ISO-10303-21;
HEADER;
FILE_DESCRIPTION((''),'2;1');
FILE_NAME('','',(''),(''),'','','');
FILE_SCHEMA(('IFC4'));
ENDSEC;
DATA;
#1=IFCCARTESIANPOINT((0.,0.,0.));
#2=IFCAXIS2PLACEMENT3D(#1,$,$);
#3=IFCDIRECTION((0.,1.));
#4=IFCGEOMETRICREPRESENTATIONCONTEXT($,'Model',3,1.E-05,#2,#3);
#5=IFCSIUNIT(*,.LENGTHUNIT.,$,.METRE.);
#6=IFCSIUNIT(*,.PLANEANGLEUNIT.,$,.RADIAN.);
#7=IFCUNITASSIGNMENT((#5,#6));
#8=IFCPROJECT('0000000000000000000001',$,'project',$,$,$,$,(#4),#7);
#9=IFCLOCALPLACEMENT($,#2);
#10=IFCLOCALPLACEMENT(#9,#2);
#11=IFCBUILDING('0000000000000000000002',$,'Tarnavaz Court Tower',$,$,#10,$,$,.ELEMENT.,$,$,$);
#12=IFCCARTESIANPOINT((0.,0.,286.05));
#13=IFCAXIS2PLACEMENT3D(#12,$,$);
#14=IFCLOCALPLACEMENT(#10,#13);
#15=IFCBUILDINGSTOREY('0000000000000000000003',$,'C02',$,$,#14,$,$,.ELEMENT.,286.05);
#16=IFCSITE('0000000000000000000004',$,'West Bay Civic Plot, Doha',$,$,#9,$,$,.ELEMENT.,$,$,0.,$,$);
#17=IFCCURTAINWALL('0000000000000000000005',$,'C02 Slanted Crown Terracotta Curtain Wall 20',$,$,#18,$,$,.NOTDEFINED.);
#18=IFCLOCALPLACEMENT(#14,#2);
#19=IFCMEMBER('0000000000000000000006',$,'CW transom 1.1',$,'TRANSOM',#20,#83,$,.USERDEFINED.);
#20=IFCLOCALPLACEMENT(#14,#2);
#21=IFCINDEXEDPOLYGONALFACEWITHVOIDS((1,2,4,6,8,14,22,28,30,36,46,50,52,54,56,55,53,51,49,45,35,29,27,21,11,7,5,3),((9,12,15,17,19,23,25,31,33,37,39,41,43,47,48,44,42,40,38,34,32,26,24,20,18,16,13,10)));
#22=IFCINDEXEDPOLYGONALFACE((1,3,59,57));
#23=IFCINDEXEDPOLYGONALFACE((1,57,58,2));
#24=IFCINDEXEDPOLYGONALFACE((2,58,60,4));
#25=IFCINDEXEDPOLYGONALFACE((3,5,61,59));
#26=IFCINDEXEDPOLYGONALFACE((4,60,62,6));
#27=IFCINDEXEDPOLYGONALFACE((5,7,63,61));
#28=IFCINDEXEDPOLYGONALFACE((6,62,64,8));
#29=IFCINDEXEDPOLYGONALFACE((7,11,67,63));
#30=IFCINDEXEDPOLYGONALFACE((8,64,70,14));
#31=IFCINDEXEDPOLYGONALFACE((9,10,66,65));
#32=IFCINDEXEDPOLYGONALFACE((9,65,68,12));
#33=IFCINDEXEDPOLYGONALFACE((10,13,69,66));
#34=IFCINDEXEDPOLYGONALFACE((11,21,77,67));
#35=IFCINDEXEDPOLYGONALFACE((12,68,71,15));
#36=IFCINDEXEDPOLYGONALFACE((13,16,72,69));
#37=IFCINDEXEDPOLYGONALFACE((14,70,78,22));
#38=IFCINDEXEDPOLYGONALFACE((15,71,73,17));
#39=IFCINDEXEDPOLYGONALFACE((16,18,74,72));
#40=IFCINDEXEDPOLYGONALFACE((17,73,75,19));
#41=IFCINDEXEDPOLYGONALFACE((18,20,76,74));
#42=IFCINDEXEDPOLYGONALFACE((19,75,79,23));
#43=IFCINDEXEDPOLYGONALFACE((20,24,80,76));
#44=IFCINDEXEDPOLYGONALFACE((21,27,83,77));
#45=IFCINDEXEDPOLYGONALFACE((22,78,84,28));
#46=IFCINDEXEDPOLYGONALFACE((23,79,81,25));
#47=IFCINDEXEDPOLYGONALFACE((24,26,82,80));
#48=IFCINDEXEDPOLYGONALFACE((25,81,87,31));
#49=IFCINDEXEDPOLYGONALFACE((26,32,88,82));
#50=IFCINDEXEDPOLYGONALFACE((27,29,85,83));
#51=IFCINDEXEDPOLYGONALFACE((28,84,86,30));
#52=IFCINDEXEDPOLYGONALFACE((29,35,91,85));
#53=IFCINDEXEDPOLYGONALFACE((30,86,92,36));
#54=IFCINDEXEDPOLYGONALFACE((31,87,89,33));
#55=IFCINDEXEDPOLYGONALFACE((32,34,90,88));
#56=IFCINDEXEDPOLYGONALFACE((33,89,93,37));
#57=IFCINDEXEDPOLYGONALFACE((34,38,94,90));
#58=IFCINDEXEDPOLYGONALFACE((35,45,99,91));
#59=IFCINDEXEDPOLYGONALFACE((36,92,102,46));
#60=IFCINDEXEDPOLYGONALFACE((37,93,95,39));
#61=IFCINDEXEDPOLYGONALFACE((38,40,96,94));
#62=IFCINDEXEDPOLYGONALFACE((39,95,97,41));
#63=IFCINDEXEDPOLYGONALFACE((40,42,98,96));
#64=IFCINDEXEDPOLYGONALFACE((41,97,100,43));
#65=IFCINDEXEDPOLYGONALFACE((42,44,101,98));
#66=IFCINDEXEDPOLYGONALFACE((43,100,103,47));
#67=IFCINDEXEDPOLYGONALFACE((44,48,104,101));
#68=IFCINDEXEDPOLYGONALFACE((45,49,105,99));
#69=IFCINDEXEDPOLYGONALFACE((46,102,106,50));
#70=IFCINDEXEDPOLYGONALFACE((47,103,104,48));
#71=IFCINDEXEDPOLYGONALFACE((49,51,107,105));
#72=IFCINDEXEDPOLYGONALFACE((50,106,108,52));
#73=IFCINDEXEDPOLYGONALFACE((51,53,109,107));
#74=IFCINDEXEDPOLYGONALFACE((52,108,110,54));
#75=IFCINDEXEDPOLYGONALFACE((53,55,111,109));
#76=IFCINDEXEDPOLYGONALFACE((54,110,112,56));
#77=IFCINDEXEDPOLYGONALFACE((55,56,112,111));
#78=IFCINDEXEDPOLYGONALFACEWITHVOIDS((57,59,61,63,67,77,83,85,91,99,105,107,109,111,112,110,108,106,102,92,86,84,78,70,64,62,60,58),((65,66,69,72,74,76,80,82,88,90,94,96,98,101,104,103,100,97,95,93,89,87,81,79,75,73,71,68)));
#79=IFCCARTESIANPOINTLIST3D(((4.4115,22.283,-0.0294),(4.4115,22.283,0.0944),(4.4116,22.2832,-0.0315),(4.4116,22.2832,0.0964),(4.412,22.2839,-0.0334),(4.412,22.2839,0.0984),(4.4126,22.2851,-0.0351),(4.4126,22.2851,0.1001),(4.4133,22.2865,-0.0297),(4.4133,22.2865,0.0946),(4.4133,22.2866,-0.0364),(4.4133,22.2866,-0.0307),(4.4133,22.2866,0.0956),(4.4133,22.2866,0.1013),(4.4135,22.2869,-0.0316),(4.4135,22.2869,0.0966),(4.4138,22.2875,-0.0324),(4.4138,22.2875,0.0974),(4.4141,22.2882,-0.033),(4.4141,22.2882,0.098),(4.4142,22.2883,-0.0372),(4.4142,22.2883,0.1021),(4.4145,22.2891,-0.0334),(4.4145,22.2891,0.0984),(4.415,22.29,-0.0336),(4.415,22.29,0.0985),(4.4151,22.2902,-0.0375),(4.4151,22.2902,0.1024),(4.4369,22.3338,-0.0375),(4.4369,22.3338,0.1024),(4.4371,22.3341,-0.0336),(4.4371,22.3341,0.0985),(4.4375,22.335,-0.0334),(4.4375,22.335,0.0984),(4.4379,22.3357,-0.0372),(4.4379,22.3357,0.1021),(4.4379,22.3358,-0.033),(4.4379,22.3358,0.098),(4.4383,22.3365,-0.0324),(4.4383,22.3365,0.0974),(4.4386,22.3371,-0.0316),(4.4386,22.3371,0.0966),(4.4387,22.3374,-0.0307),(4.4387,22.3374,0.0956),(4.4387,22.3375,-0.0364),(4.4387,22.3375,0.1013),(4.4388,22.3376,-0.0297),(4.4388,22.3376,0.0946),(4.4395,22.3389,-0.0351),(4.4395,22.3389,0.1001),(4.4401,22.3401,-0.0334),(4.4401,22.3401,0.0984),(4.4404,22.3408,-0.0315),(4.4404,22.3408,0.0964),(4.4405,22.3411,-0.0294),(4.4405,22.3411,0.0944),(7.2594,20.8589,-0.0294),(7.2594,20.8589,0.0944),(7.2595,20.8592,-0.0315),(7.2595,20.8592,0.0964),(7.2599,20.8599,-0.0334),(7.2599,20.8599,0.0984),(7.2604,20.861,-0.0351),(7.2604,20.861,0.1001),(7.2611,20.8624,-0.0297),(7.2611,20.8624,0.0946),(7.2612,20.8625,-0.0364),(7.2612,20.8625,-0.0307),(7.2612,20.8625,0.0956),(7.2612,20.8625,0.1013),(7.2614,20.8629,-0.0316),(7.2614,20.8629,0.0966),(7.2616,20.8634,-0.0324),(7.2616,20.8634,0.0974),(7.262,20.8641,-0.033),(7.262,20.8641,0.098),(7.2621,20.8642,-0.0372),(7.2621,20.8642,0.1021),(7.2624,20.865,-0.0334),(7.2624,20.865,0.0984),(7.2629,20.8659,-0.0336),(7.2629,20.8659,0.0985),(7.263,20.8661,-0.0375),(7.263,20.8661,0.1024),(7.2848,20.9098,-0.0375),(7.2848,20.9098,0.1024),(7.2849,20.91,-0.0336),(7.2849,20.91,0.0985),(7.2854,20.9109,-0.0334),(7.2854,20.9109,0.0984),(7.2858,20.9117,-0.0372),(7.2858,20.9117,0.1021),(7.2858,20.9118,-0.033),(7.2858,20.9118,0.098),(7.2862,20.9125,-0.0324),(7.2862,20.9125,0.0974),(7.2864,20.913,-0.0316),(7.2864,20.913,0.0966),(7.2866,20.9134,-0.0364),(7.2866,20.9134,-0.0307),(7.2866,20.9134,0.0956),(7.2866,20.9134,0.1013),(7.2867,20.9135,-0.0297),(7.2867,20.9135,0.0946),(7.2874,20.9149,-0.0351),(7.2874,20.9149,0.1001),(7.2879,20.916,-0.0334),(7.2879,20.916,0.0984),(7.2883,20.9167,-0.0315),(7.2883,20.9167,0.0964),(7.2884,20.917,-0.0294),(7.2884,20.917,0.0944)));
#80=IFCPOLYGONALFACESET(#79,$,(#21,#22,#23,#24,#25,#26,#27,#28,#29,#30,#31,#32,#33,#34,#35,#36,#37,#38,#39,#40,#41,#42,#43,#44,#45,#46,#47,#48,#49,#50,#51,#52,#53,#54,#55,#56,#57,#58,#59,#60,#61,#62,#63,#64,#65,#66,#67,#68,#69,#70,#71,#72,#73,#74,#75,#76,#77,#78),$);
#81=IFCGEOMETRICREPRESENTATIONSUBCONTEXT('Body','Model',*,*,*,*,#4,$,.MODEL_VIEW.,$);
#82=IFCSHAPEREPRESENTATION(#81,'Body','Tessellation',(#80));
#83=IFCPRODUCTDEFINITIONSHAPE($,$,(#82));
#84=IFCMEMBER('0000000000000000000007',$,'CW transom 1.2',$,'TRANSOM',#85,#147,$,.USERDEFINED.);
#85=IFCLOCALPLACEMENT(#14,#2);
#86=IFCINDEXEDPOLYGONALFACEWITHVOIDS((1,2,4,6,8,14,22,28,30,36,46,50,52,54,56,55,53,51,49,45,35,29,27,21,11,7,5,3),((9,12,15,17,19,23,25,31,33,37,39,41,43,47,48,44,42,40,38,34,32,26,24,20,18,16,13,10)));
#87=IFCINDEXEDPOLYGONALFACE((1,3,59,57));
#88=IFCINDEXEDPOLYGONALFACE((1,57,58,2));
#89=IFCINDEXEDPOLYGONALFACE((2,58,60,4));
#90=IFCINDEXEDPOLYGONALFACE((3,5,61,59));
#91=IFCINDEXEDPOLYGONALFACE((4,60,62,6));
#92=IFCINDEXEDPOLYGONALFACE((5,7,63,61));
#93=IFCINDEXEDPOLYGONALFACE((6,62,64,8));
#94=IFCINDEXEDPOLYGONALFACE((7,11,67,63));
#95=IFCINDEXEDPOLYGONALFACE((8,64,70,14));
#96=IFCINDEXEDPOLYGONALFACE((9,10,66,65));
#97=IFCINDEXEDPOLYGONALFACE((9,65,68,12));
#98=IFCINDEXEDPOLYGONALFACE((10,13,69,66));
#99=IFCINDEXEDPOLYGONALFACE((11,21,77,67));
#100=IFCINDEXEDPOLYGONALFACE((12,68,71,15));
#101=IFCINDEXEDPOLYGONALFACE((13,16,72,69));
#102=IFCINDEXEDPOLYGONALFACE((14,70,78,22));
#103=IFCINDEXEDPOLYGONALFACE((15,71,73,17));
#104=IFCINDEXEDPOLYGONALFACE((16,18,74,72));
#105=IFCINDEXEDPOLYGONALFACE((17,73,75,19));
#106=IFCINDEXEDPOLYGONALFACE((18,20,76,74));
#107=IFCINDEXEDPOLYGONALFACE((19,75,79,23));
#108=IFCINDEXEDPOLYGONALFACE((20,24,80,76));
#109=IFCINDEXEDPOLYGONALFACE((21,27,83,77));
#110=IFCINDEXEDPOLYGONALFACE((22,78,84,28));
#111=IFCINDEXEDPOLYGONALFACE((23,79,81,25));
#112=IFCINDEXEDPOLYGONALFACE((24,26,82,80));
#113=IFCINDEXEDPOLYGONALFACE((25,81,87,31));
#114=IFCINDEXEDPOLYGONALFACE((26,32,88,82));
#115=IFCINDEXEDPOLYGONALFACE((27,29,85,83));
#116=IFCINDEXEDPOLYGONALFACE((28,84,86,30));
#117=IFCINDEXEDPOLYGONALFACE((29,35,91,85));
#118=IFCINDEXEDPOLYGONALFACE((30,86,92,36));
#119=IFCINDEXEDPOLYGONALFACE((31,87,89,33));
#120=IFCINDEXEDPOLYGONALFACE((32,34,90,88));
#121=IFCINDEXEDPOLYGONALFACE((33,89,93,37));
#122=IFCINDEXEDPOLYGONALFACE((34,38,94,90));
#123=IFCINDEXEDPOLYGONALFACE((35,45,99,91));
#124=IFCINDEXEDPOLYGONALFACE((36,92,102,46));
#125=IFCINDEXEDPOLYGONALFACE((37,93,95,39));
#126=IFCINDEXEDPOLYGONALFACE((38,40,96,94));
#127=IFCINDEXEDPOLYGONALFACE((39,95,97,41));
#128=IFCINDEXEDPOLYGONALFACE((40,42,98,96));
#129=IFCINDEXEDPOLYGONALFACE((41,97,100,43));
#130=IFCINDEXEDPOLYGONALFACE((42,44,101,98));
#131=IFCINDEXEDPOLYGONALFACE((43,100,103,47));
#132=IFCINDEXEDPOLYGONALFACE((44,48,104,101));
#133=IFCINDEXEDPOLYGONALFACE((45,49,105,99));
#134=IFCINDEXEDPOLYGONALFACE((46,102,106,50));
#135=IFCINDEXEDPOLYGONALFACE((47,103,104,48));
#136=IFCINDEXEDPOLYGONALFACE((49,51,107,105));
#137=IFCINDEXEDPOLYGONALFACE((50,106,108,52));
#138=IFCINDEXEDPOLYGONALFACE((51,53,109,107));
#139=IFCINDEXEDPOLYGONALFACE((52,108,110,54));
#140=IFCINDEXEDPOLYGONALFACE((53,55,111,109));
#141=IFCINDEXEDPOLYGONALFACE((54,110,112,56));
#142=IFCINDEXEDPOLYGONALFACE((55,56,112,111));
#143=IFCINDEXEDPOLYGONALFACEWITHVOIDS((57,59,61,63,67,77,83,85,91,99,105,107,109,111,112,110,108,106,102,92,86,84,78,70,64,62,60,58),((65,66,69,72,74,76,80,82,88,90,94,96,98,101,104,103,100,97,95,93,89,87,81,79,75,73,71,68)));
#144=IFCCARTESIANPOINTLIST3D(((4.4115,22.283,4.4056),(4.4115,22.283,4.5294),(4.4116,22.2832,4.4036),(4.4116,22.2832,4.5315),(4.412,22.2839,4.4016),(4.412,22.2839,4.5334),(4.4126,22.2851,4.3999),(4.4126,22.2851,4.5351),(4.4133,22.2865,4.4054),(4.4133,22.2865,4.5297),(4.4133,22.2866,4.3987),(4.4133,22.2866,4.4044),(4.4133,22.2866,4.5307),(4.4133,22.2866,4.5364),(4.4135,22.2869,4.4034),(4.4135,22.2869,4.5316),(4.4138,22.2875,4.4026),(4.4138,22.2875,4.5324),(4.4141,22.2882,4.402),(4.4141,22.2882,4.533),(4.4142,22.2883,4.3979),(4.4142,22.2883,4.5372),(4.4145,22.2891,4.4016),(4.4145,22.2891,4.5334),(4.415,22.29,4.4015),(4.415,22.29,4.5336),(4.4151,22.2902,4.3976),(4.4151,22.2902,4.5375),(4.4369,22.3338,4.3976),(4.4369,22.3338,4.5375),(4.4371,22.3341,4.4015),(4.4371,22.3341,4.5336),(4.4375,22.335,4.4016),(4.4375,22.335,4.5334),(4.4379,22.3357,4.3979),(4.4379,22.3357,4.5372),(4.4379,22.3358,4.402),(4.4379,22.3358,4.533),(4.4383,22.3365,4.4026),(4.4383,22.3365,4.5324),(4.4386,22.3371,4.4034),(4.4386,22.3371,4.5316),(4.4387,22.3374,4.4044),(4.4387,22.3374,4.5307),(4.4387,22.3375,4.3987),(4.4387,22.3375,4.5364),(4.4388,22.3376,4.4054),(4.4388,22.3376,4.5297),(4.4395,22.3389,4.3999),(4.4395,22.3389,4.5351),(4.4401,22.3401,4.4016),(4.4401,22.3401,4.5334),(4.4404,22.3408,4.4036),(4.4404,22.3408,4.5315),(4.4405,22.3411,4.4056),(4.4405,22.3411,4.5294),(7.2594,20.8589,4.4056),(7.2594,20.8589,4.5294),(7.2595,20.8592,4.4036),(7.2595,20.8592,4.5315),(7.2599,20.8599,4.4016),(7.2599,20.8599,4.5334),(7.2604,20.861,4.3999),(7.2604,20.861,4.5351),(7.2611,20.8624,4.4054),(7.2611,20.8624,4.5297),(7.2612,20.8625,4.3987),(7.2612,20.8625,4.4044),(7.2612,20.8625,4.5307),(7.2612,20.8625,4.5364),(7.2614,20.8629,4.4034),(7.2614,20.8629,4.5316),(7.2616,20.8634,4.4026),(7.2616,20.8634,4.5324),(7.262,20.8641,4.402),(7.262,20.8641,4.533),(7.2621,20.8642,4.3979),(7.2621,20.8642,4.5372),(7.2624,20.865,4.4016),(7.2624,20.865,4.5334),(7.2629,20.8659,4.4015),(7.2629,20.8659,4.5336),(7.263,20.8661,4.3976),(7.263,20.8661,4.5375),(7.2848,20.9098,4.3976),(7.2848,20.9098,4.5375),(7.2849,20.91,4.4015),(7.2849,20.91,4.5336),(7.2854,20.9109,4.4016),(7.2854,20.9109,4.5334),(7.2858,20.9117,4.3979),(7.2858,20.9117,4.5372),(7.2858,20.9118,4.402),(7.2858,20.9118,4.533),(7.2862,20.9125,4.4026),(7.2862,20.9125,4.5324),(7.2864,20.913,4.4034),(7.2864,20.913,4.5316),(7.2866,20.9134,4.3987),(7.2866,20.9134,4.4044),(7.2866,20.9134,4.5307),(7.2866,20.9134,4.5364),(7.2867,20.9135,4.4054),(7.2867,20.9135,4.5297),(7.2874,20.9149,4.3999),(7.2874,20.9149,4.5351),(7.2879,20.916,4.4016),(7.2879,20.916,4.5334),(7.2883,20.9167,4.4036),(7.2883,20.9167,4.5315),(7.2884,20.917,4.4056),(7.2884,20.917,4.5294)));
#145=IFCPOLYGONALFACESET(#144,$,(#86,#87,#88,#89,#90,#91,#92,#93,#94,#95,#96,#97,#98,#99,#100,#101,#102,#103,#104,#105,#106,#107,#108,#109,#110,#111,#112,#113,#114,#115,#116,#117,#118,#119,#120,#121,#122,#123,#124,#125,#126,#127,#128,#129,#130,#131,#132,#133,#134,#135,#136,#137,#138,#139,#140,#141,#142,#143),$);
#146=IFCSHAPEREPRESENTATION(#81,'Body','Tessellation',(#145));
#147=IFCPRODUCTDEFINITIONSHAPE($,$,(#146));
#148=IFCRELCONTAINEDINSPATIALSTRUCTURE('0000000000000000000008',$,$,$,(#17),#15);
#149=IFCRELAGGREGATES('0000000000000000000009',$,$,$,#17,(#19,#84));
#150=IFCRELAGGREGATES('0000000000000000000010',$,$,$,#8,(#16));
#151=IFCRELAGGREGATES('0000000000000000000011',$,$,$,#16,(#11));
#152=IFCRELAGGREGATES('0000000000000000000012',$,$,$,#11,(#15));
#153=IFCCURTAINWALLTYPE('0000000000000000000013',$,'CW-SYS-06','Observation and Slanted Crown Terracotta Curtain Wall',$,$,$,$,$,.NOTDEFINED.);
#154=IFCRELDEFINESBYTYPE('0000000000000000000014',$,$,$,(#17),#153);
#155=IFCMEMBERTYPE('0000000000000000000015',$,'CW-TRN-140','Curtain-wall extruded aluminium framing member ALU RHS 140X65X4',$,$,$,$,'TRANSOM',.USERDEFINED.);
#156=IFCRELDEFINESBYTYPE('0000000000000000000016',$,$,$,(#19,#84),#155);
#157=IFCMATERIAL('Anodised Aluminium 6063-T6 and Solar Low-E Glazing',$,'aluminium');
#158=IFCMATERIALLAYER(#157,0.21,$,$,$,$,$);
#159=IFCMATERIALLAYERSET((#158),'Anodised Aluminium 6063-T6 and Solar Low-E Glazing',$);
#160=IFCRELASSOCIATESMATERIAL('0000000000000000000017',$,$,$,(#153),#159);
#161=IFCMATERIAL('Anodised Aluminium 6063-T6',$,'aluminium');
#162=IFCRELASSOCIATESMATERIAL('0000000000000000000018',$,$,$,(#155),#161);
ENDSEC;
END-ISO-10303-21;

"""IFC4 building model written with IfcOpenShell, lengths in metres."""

from ifc_helpers import new_model, si_unit, direction, frame, origin, origin_2d, place, context, subcontext, project, spatial, hollow_rectangle, extrude, material, layer, layer_set, material_profile, profile_set, type_object, element, aggregate, save


model = new_model("IFC4")

# Units and contexts
model_context = context("Model", 3, precision=1e-05, world=origin(), true_north=direction((0.0, 1.0)))
body_context = subcontext(model_context, "Body", "Model", "MODEL_VIEW")
ifc_project = project(units=[si_unit("LENGTHUNIT", "METRE"), si_unit("PLANEANGLEUNIT", "RADIAN")], contexts=[model_context])

# Site, building, storey
site_placement = place(None, origin())
site = spatial("IfcSite", under=ifc_project, at=site_placement, Name="West Bay Civic Plot, Doha", CompositionType="ELEMENT", RefElevation=0.0)
building_placement = place(site_placement, origin())
building = spatial("IfcBuilding", under=site, at=building_placement, Name="Tarnavaz Court Tower", CompositionType="ELEMENT")
storey_placement = place(building_placement, frame((0.0, 0.0, 286.05)))
storey = spatial("IfcBuildingStorey", under=building, at=storey_placement, Name="C02", CompositionType="ELEMENT", Elevation=286.05)

# Shared definitions
ifc_material_1 = material(Name="Anodised Aluminium 6063-T6 and Solar Low-E Glazing", Category="aluminium")
ifc_layer_1 = layer(ifc_material_1, 0.21)
ifc_layer_set_1 = layer_set([ifc_layer_1], Name="Anodised Aluminium 6063-T6 and Solar Low-E Glazing")
curtain_wall_type = type_object("IfcCurtainWallType", Name="CW-SYS-06", Description="Observation and Slanted Crown Terracotta Curtain Wall", PredefinedType="NOTDEFINED", material=ifc_layer_set_1)
ifc_material_2 = material(Name="Anodised Aluminium 6063-T6", Category="aluminium")

# Curtain wall
curtain_wall_1_placement = place(storey_placement, origin())
curtain_wall_1 = element("IfcCurtainWall", 1, at=curtain_wall_1_placement, inside=storey, type_object=curtain_wall_type, Name="C02 Slanted Crown Terracotta Curtain Wall 20", PredefinedType="NOTDEFINED")

# Members
ifc_material_profile_1 = material_profile(ifc_material_2, hollow_rectangle(XDim=0.0649, YDim=0.1399, WallThickness=0.0039, InnerFilletRadius=0.0039, OuterFilletRadius=0.0081, at=origin_2d()), Name="ALU RHS 140X65X4")
ifc_profile_set_1 = profile_set([ifc_material_profile_1], Name="Anodised Aluminium 6063-T6")
member_type_1 = type_object("IfcMemberType", Name="CW-TRN-140", Description="Curtain-wall extruded aluminium framing member ALU RHS 140X65X4", ElementType="TRANSOM", PredefinedType="USERDEFINED", material=ifc_profile_set_1)
member_1_placement = place(storey_placement, frame((4.426, 22.312, 0.0325), z_axis=(0.894412, -0.447244, 0.0), x_axis=(0.447244, 0.894412, 0.0)))
member_1 = element("IfcMember", 2, at=member_1_placement, type_object=member_type_1, Name="CW transom 1.1", ObjectType="TRANSOM", PredefinedType="USERDEFINED", context=body_context, shape_type="SweptSolid", body=[
    extrude(hollow_rectangle(XDim=0.0649, YDim=0.1399, WallThickness=0.0039, InnerFilletRadius=0.0039, OuterFilletRadius=0.0081, at=origin_2d()), origin(), (0.0, 0.0, 1.0), 3.1841),
])
member_2_placement = place(storey_placement, frame((4.426, 22.312, 4.4675), z_axis=(0.894412, -0.447244, 0.0), x_axis=(0.447244, 0.894412, 0.0)))
member_2 = element("IfcMember", 3, at=member_2_placement, type_object=member_type_1, Name="CW transom 1.2", ObjectType="TRANSOM", PredefinedType="USERDEFINED", context=body_context, shape_type="SweptSolid", body=[
    extrude(hollow_rectangle(XDim=0.0649, YDim=0.1399, WallThickness=0.0039, InnerFilletRadius=0.0039, OuterFilletRadius=0.0081, at=origin_2d()), origin(), (0.0, 0.0, 1.0), 3.1841),
])

aggregate(curtain_wall_1, [member_1, member_2])

save(model, "model.ifc")
